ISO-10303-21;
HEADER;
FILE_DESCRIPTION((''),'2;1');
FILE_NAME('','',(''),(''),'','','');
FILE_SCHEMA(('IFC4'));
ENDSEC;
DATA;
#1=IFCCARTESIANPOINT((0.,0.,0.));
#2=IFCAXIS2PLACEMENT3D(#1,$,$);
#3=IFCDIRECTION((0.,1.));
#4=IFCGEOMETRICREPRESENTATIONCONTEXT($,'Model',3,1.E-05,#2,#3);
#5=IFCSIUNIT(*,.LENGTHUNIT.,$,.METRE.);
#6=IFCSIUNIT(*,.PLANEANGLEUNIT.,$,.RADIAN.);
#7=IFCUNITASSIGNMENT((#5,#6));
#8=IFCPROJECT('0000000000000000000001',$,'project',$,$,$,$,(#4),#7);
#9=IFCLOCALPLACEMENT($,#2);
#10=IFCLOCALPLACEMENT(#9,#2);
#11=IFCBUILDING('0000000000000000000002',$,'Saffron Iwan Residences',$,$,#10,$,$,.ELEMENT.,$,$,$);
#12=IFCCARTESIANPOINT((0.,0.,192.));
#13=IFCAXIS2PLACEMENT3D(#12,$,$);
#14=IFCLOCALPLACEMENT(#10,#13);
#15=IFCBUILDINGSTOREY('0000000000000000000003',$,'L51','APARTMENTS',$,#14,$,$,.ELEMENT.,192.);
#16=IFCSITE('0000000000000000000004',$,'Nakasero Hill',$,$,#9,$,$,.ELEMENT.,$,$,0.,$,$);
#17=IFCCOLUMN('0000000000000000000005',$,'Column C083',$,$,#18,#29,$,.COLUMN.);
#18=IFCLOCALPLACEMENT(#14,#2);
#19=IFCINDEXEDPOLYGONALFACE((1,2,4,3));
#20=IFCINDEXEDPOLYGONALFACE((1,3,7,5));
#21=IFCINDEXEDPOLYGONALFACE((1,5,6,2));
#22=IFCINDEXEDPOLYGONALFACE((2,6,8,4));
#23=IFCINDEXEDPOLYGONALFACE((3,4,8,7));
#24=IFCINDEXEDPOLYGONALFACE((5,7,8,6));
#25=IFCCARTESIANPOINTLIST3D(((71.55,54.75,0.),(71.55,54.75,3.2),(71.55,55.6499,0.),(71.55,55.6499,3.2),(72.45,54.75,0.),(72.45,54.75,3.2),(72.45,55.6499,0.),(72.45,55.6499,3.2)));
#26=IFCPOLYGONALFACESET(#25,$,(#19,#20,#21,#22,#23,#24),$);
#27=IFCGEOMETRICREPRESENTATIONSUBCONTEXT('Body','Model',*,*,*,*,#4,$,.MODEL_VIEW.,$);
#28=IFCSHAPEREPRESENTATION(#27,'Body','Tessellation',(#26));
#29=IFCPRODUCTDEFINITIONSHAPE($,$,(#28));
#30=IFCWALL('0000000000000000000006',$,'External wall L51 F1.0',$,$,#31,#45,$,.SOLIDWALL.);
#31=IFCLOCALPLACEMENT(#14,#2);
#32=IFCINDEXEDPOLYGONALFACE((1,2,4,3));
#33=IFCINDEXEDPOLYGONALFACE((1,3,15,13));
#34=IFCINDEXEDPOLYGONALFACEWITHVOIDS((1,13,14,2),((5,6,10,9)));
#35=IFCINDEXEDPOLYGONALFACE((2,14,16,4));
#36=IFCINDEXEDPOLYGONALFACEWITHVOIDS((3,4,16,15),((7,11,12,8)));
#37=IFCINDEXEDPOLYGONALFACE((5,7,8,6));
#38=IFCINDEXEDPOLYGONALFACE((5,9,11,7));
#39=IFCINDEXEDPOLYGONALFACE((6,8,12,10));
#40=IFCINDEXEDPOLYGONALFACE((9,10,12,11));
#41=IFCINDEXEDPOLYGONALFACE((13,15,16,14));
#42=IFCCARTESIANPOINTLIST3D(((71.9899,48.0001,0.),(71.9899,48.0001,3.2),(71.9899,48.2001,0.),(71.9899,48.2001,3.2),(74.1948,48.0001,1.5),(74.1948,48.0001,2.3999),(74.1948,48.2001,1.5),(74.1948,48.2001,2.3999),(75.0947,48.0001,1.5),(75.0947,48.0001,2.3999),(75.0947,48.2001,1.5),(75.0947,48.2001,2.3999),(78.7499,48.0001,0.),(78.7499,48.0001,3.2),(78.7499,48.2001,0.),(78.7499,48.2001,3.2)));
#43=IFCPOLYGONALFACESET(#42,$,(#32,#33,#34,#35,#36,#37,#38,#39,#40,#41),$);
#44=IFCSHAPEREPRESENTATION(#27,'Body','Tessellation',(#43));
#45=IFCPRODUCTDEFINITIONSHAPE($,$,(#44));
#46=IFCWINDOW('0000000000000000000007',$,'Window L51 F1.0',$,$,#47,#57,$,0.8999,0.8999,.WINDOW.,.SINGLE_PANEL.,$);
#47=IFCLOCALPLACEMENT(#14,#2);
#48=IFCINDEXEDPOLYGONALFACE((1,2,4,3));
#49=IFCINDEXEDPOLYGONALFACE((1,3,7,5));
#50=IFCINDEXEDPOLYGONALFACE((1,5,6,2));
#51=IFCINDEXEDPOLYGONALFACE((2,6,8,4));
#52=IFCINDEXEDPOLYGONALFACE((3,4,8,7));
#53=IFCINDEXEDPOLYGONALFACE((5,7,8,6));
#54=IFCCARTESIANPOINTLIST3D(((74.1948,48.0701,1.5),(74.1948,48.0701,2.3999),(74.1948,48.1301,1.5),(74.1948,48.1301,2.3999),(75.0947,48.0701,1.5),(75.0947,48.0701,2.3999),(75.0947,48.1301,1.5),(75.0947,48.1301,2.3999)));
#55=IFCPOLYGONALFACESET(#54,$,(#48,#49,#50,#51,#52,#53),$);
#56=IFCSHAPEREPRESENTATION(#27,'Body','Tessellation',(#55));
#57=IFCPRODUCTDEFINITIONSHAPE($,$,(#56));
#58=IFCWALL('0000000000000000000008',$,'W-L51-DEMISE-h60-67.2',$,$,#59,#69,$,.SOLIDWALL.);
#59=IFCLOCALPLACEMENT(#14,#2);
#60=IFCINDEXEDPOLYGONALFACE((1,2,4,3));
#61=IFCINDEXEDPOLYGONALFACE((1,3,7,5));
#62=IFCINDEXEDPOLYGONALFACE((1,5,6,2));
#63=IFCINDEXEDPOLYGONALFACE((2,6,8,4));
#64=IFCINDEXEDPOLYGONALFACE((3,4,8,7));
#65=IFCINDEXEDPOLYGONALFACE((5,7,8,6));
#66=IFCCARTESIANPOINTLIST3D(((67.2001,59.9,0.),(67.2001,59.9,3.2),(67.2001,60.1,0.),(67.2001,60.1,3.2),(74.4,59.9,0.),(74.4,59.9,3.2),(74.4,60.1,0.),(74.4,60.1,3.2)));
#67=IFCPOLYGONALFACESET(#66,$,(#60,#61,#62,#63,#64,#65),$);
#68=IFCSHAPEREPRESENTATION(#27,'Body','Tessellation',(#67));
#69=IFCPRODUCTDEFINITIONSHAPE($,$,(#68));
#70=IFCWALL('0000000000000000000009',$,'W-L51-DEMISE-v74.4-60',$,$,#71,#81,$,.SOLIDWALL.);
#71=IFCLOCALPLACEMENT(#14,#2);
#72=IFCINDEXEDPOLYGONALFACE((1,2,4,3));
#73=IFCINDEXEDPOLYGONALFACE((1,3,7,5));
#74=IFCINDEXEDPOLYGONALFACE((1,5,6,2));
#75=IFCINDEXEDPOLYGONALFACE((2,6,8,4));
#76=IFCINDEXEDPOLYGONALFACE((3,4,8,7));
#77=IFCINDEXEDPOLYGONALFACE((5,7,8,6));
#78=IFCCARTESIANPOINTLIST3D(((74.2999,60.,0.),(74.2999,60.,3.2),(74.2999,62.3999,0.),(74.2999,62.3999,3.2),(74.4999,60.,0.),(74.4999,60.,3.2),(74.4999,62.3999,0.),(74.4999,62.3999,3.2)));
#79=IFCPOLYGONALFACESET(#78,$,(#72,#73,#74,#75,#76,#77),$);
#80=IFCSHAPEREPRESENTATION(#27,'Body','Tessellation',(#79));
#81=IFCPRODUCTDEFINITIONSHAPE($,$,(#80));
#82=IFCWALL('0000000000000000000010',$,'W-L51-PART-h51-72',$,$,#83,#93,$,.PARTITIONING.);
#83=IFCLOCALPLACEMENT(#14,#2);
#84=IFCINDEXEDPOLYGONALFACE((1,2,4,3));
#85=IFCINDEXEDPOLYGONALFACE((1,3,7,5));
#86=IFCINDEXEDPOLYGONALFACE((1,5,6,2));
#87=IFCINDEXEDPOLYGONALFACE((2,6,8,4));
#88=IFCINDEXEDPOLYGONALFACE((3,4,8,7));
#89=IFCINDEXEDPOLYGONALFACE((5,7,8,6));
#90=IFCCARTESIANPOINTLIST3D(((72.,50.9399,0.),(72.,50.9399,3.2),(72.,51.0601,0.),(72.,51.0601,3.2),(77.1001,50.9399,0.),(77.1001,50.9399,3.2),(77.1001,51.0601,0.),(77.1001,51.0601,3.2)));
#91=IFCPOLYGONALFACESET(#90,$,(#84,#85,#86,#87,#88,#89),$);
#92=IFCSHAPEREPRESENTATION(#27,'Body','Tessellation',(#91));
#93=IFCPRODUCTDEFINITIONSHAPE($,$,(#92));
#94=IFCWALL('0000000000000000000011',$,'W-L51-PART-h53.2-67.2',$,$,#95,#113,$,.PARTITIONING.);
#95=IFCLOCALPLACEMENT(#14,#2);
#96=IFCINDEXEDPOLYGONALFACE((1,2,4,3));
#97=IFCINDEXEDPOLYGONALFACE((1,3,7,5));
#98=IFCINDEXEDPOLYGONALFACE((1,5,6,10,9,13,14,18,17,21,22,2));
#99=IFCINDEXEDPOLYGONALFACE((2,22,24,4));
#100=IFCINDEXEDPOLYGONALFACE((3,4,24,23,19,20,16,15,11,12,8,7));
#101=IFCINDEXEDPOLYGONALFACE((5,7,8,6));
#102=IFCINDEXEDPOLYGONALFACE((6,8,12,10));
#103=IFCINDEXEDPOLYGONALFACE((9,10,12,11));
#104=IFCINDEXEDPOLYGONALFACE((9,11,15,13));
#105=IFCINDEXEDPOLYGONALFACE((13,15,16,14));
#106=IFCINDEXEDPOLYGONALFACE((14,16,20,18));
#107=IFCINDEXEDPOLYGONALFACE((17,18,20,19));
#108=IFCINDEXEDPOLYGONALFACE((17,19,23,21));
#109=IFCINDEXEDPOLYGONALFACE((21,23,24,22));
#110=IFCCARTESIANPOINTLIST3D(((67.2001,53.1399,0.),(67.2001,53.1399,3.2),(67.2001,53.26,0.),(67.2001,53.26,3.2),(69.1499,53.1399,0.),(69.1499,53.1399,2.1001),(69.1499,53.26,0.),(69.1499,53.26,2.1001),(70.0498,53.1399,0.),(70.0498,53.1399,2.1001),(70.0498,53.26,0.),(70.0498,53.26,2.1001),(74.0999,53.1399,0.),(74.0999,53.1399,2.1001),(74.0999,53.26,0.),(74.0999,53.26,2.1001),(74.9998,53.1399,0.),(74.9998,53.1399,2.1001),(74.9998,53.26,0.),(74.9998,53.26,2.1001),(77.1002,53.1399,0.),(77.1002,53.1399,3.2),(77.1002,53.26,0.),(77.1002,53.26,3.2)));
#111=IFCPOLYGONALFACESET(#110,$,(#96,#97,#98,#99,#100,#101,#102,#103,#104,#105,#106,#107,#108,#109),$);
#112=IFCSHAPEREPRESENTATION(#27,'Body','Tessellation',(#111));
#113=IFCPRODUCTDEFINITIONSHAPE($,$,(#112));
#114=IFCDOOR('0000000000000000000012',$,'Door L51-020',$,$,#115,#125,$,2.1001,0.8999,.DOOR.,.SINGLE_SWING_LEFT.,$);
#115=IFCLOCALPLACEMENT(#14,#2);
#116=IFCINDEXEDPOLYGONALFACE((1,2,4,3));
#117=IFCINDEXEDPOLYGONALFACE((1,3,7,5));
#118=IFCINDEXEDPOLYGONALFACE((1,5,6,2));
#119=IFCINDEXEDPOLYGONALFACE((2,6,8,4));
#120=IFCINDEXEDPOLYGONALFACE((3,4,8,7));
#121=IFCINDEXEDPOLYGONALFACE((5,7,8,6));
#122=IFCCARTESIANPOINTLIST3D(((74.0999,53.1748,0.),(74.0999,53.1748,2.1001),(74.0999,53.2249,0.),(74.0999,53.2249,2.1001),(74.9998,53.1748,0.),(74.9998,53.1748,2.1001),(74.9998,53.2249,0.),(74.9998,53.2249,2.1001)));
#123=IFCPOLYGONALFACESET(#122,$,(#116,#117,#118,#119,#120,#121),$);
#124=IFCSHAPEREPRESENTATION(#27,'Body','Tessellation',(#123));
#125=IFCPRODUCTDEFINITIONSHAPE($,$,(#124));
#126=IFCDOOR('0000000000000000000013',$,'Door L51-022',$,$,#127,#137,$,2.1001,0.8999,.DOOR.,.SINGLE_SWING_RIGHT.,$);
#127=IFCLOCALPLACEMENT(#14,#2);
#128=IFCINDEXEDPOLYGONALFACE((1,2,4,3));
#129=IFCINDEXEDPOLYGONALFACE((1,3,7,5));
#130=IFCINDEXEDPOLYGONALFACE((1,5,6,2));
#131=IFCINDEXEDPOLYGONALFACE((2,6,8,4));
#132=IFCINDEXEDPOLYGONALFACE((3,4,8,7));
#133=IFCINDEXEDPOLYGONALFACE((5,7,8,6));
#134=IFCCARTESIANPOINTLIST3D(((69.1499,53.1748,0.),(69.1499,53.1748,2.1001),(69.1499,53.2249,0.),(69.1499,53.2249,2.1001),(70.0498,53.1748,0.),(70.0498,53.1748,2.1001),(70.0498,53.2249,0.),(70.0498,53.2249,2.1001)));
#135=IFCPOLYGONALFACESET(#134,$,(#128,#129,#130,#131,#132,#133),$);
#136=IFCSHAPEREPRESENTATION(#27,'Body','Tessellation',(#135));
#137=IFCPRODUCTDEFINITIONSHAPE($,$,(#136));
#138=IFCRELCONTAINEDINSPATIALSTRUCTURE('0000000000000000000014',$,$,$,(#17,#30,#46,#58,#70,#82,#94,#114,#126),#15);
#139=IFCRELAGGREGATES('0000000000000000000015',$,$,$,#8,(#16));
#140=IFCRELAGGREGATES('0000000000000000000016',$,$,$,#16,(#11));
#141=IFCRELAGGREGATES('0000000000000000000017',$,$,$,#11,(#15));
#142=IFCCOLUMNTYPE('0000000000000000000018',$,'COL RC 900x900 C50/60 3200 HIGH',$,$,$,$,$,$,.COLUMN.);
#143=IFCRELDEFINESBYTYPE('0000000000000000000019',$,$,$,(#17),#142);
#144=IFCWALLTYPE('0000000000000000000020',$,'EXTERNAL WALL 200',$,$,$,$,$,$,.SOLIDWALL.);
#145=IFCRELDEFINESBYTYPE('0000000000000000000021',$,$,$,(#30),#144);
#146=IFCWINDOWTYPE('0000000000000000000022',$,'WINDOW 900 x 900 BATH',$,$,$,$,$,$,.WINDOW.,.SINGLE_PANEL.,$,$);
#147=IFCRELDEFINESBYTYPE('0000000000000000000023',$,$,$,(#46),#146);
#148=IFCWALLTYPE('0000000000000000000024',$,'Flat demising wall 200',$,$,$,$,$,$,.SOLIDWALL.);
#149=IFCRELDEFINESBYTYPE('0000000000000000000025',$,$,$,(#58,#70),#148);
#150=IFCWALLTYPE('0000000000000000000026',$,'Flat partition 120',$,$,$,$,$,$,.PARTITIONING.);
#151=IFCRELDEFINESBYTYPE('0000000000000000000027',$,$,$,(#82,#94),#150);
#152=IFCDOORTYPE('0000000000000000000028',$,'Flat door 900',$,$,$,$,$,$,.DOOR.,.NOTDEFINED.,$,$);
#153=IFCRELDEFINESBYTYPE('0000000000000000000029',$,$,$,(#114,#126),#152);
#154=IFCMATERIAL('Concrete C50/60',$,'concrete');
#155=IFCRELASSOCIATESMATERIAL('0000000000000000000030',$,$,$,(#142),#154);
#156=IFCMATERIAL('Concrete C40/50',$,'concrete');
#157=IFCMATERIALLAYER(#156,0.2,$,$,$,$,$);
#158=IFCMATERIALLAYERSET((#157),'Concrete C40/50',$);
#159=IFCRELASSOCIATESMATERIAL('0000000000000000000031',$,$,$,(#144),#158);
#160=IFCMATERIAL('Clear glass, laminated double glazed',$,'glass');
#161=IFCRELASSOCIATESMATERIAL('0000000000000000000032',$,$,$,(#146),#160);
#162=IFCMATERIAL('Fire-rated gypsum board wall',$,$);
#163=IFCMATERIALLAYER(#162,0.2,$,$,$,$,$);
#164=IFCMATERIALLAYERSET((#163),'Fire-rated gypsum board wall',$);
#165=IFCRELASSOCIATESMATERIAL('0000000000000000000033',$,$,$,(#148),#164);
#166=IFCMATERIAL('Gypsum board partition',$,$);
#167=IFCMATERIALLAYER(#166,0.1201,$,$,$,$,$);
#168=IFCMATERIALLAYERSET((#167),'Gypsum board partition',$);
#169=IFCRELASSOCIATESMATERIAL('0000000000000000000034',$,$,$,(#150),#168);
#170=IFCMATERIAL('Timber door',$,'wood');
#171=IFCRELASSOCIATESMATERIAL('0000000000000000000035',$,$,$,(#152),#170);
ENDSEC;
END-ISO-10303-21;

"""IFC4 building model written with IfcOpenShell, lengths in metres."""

from ifc_helpers import new_model, si_unit, direction, frame, frame_2d, origin, origin_2d, place, context, subcontext, project, spatial, rectangle, extrude, source, transform, mapped, material, layer, layer_set, material_profile, profile_set, type_object, element, fill, save


model = new_model("IFC4")

# Units and contexts
model_context = context("Model", 3, precision=1e-05, world=origin(), true_north=direction((0.0, 1.0)))
body_context = subcontext(model_context, "Body", "Model", "MODEL_VIEW")
ifc_project = project(units=[si_unit("LENGTHUNIT", "METRE"), si_unit("PLANEANGLEUNIT", "RADIAN")], contexts=[model_context])

# Site, building, storey
site_placement = place(None, origin())
site = spatial("IfcSite", under=ifc_project, at=site_placement, Name="Nakasero Hill", CompositionType="ELEMENT", RefElevation=0.0)
building_placement = place(site_placement, origin())
building = spatial("IfcBuilding", under=site, at=building_placement, Name="Saffron Iwan Residences", CompositionType="ELEMENT")
storey_placement = place(building_placement, frame((0.0, 0.0, 192.0)))
storey = spatial("IfcBuildingStorey", under=building, at=storey_placement, Name="L51", Description="APARTMENTS", CompositionType="ELEMENT", Elevation=192.0)

# Column
ifc_material_1 = material(Name="Concrete C50/60", Category="concrete")
ifc_material_profile = material_profile(ifc_material_1, rectangle(XDim=0.8999, YDim=0.8999, at=origin_2d()), Name="RC 900x900")
ifc_profile_set = profile_set([ifc_material_profile], Name="Concrete C50/60")
column_type = type_object("IfcColumnType", Name="COL RC 900x900 C50/60 3200 HIGH", PredefinedType="COLUMN", material=ifc_profile_set)
shared_shape = source(origin(), body_context, "Body", "SweptSolid", [
    extrude(rectangle(XDim=0.8999, YDim=0.8999, at=origin_2d()), origin(), (0.0, 0.0, 1.0), 3.2),
])
column_placement = place(storey_placement, frame((72.0, 55.2, 0.0), z_axis=(0.0, 0.0, 1.0), x_axis=(1.0, 0.0, 0.0)))
element("IfcColumn", 1, at=column_placement, inside=storey, type_object=column_type, Name="Column C083", PredefinedType="COLUMN", context=body_context, shape_type="MappedRepresentation", body=[
    mapped(shared_shape, transform((0.0, 0.0, 0.0))),
])

# Wall, opening, window
ifc_material_2 = material(Name="Concrete C40/50", Category="concrete")
ifc_layer_1 = layer(ifc_material_2, 0.2)
ifc_layer_set_1 = layer_set([ifc_layer_1], Name="Concrete C40/50")
wall_type_1 = type_object("IfcWallType", Name="EXTERNAL WALL 200", PredefinedType="SOLIDWALL", material=ifc_layer_set_1)
wall_1_placement = place(storey_placement, frame((71.99, 48.1001, 0.0), z_axis=(0.0, 0.0, 1.0), x_axis=(1.0, 0.0, 0.0)))
wall_1 = element("IfcWall", 2, at=wall_1_placement, inside=storey, type_object=wall_type_1, Name="External wall L51 F1.0", PredefinedType="SOLIDWALL", context=body_context, shape_type="SweptSolid", body=[
    extrude(rectangle(XDim=6.76, YDim=0.2, at=frame_2d((3.3799, 0.0))), origin(), (0.0, 0.0, 1.0), 3.2),
])
opening_1_placement = place(wall_1_placement, frame((2.2048, 0.0, 1.5)))
opening_1 = element("IfcOpeningElement", 3, at=opening_1_placement, cuts=wall_1, PredefinedType="OPENING", context=body_context, shape_type="SweptSolid", body=[
    extrude(rectangle(XDim=0.8999, YDim=0.8999, at=frame_2d((0.45, 0.45))), frame((0.0, 0.1099, 0.0), z_axis=(0.0, -1.0, 0.0), x_axis=(1.0, 0.0, 0.0)), (0.0, 0.0, 1.0), 0.22),
])
ifc_material_3 = material(Name="Clear glass, laminated double glazed", Category="glass")
window_type = type_object("IfcWindowType", Name="WINDOW 900 x 900 BATH", PartitioningType="SINGLE_PANEL", PredefinedType="WINDOW", material=ifc_material_3)
window_placement = place(opening_1_placement, origin())
window = element("IfcWindow", 4, at=window_placement, inside=storey, type_object=window_type, Name="Window L51 F1.0", OverallHeight=0.8999, OverallWidth=0.8999, PartitioningType="SINGLE_PANEL", PredefinedType="WINDOW", context=body_context, shape_type="SweptSolid", body=[
    extrude(rectangle(XDim=0.8999, YDim=0.8999, at=frame_2d((0.45, 0.45))), frame((0.0, 0.03, 0.0), z_axis=(0.0, -1.0, 0.0), x_axis=(1.0, 0.0, 0.0)), (0.0, 0.0, 1.0), 0.0601),
])
fill(opening_1, window)

# Walls
ifc_material_4 = material(Name="Fire-rated gypsum board wall")
ifc_layer_2 = layer(ifc_material_4, 0.2)
ifc_layer_set_2 = layer_set([ifc_layer_2], Name="Fire-rated gypsum board wall")
wall_type_2 = type_object("IfcWallType", Name="Flat demising wall 200", PredefinedType="SOLIDWALL", material=ifc_layer_set_2)
wall_2_placement = place(storey_placement, frame((67.2, 60.0, 0.0), z_axis=(0.0, 0.0, 1.0), x_axis=(1.0, 0.0, 0.0)))
element("IfcWall", 5, at=wall_2_placement, inside=storey, type_object=wall_type_2, Name="W-L51-DEMISE-h60-67.2", PredefinedType="SOLIDWALL", context=body_context, shape_type="SweptSolid", body=[
    extrude(rectangle(XDim=7.2, YDim=0.2, at=frame_2d((3.6001, 0.0))), origin(), (0.0, 0.0, 1.0), 3.2),
])
wall_3_placement = place(storey_placement, frame((74.3999, 60.0, 0.0), z_axis=(0.0, 0.0, 1.0), x_axis=(0.0, 1.0, 0.0)))
element("IfcWall", 6, at=wall_3_placement, inside=storey, type_object=wall_type_2, Name="W-L51-DEMISE-v74.4-60", PredefinedType="SOLIDWALL", context=body_context, shape_type="SweptSolid", body=[
    extrude(rectangle(XDim=2.3999, YDim=0.2, at=frame_2d((1.2, 0.0))), origin(), (0.0, 0.0, 1.0), 3.2),
])
ifc_material_5 = material(Name="Gypsum board partition")
ifc_layer_3 = layer(ifc_material_5, 0.1201)
ifc_layer_set_3 = layer_set([ifc_layer_3], Name="Gypsum board partition")
wall_type_3 = type_object("IfcWallType", Name="Flat partition 120", PredefinedType="PARTITIONING", material=ifc_layer_set_3)
wall_4_placement = place(storey_placement, frame((72.0, 51.0, 0.0), z_axis=(0.0, 0.0, 1.0), x_axis=(1.0, 0.0, 0.0)))
element("IfcWall", 7, at=wall_4_placement, inside=storey, type_object=wall_type_3, Name="W-L51-PART-h51-72", PredefinedType="PARTITIONING", context=body_context, shape_type="SweptSolid", body=[
    extrude(rectangle(XDim=5.1001, YDim=0.1201, at=frame_2d((2.55, 0.0))), origin(), (0.0, 0.0, 1.0), 3.2),
])

# Wall, openings, doors
wall_5_placement = place(storey_placement, frame((67.2, 53.2, 0.0), z_axis=(0.0, 0.0, 1.0), x_axis=(1.0, 0.0, 0.0)))
wall_5 = element("IfcWall", 8, at=wall_5_placement, inside=storey, type_object=wall_type_3, Name="W-L51-PART-h53.2-67.2", PredefinedType="PARTITIONING", context=body_context, shape_type="SweptSolid", body=[
    extrude(rectangle(XDim=9.9001, YDim=0.1201, at=frame_2d((4.9502, 0.0))), origin(), (0.0, 0.0, 1.0), 3.2),
])
opening_2_placement = place(wall_5_placement, frame((6.8999, 0.0, 0.0)))
opening_2 = element("IfcOpeningElement", 9, at=opening_2_placement, cuts=wall_5, PredefinedType="OPENING", context=body_context, shape_type="SweptSolid", body=[
    extrude(rectangle(XDim=0.8999, YDim=2.1001, at=frame_2d((0.45, 1.05))), frame((0.0, 0.0701, 0.0), z_axis=(0.0, -1.0, 0.0), x_axis=(1.0, 0.0, 0.0)), (0.0, 0.0, 1.0), 0.1401),
])
opening_3_placement = place(wall_5_placement, frame((1.95, 0.0, 0.0)))
opening_3 = element("IfcOpeningElement", 10, at=opening_3_placement, cuts=wall_5, PredefinedType="OPENING", context=body_context, shape_type="SweptSolid", body=[
    extrude(rectangle(XDim=0.8999, YDim=2.1001, at=frame_2d((0.45, 1.05))), frame((0.0, 0.0701, 0.0), z_axis=(0.0, -1.0, 0.0), x_axis=(1.0, 0.0, 0.0)), (0.0, 0.0, 1.0), 0.1401),
])
ifc_material_6 = material(Name="Timber door", Category="wood")
door_type_1 = type_object("IfcDoorType", Name="Flat door 900", OperationType="NOTDEFINED", PredefinedType="DOOR", material=ifc_material_6)
door_1_placement = place(opening_2_placement, origin())
door_1 = element("IfcDoor", 11, at=door_1_placement, inside=storey, type_object=door_type_1, Name="Door L51-020", OperationType="SINGLE_SWING_LEFT", OverallHeight=2.1001, OverallWidth=0.8999, PredefinedType="DOOR", context=body_context, shape_type="SweptSolid", body=[
    extrude(rectangle(XDim=0.8999, YDim=2.1001, at=frame_2d((0.45, 1.05))), frame((0.0, 0.0249, 0.0), z_axis=(0.0, -1.0, 0.0), x_axis=(1.0, 0.0, 0.0)), (0.0, 0.0, 1.0), 0.05),
])
fill(opening_2, door_1)
door_2_placement = place(opening_3_placement, origin())
door_2 = element("IfcDoor", 12, at=door_2_placement, inside=storey, type_object=door_type_1, Name="Door L51-022", OperationType="SINGLE_SWING_RIGHT", OverallHeight=2.1001, OverallWidth=0.8999, PredefinedType="DOOR", context=body_context, shape_type="SweptSolid", body=[
    extrude(rectangle(XDim=0.8999, YDim=2.1001, at=frame_2d((0.45, 1.05))), frame((0.0, 0.0249, 0.0), z_axis=(0.0, -1.0, 0.0), x_axis=(1.0, 0.0, 0.0)), (0.0, 0.0, 1.0), 0.05),
])
fill(opening_3, door_2)

save(model, "model.ifc")
